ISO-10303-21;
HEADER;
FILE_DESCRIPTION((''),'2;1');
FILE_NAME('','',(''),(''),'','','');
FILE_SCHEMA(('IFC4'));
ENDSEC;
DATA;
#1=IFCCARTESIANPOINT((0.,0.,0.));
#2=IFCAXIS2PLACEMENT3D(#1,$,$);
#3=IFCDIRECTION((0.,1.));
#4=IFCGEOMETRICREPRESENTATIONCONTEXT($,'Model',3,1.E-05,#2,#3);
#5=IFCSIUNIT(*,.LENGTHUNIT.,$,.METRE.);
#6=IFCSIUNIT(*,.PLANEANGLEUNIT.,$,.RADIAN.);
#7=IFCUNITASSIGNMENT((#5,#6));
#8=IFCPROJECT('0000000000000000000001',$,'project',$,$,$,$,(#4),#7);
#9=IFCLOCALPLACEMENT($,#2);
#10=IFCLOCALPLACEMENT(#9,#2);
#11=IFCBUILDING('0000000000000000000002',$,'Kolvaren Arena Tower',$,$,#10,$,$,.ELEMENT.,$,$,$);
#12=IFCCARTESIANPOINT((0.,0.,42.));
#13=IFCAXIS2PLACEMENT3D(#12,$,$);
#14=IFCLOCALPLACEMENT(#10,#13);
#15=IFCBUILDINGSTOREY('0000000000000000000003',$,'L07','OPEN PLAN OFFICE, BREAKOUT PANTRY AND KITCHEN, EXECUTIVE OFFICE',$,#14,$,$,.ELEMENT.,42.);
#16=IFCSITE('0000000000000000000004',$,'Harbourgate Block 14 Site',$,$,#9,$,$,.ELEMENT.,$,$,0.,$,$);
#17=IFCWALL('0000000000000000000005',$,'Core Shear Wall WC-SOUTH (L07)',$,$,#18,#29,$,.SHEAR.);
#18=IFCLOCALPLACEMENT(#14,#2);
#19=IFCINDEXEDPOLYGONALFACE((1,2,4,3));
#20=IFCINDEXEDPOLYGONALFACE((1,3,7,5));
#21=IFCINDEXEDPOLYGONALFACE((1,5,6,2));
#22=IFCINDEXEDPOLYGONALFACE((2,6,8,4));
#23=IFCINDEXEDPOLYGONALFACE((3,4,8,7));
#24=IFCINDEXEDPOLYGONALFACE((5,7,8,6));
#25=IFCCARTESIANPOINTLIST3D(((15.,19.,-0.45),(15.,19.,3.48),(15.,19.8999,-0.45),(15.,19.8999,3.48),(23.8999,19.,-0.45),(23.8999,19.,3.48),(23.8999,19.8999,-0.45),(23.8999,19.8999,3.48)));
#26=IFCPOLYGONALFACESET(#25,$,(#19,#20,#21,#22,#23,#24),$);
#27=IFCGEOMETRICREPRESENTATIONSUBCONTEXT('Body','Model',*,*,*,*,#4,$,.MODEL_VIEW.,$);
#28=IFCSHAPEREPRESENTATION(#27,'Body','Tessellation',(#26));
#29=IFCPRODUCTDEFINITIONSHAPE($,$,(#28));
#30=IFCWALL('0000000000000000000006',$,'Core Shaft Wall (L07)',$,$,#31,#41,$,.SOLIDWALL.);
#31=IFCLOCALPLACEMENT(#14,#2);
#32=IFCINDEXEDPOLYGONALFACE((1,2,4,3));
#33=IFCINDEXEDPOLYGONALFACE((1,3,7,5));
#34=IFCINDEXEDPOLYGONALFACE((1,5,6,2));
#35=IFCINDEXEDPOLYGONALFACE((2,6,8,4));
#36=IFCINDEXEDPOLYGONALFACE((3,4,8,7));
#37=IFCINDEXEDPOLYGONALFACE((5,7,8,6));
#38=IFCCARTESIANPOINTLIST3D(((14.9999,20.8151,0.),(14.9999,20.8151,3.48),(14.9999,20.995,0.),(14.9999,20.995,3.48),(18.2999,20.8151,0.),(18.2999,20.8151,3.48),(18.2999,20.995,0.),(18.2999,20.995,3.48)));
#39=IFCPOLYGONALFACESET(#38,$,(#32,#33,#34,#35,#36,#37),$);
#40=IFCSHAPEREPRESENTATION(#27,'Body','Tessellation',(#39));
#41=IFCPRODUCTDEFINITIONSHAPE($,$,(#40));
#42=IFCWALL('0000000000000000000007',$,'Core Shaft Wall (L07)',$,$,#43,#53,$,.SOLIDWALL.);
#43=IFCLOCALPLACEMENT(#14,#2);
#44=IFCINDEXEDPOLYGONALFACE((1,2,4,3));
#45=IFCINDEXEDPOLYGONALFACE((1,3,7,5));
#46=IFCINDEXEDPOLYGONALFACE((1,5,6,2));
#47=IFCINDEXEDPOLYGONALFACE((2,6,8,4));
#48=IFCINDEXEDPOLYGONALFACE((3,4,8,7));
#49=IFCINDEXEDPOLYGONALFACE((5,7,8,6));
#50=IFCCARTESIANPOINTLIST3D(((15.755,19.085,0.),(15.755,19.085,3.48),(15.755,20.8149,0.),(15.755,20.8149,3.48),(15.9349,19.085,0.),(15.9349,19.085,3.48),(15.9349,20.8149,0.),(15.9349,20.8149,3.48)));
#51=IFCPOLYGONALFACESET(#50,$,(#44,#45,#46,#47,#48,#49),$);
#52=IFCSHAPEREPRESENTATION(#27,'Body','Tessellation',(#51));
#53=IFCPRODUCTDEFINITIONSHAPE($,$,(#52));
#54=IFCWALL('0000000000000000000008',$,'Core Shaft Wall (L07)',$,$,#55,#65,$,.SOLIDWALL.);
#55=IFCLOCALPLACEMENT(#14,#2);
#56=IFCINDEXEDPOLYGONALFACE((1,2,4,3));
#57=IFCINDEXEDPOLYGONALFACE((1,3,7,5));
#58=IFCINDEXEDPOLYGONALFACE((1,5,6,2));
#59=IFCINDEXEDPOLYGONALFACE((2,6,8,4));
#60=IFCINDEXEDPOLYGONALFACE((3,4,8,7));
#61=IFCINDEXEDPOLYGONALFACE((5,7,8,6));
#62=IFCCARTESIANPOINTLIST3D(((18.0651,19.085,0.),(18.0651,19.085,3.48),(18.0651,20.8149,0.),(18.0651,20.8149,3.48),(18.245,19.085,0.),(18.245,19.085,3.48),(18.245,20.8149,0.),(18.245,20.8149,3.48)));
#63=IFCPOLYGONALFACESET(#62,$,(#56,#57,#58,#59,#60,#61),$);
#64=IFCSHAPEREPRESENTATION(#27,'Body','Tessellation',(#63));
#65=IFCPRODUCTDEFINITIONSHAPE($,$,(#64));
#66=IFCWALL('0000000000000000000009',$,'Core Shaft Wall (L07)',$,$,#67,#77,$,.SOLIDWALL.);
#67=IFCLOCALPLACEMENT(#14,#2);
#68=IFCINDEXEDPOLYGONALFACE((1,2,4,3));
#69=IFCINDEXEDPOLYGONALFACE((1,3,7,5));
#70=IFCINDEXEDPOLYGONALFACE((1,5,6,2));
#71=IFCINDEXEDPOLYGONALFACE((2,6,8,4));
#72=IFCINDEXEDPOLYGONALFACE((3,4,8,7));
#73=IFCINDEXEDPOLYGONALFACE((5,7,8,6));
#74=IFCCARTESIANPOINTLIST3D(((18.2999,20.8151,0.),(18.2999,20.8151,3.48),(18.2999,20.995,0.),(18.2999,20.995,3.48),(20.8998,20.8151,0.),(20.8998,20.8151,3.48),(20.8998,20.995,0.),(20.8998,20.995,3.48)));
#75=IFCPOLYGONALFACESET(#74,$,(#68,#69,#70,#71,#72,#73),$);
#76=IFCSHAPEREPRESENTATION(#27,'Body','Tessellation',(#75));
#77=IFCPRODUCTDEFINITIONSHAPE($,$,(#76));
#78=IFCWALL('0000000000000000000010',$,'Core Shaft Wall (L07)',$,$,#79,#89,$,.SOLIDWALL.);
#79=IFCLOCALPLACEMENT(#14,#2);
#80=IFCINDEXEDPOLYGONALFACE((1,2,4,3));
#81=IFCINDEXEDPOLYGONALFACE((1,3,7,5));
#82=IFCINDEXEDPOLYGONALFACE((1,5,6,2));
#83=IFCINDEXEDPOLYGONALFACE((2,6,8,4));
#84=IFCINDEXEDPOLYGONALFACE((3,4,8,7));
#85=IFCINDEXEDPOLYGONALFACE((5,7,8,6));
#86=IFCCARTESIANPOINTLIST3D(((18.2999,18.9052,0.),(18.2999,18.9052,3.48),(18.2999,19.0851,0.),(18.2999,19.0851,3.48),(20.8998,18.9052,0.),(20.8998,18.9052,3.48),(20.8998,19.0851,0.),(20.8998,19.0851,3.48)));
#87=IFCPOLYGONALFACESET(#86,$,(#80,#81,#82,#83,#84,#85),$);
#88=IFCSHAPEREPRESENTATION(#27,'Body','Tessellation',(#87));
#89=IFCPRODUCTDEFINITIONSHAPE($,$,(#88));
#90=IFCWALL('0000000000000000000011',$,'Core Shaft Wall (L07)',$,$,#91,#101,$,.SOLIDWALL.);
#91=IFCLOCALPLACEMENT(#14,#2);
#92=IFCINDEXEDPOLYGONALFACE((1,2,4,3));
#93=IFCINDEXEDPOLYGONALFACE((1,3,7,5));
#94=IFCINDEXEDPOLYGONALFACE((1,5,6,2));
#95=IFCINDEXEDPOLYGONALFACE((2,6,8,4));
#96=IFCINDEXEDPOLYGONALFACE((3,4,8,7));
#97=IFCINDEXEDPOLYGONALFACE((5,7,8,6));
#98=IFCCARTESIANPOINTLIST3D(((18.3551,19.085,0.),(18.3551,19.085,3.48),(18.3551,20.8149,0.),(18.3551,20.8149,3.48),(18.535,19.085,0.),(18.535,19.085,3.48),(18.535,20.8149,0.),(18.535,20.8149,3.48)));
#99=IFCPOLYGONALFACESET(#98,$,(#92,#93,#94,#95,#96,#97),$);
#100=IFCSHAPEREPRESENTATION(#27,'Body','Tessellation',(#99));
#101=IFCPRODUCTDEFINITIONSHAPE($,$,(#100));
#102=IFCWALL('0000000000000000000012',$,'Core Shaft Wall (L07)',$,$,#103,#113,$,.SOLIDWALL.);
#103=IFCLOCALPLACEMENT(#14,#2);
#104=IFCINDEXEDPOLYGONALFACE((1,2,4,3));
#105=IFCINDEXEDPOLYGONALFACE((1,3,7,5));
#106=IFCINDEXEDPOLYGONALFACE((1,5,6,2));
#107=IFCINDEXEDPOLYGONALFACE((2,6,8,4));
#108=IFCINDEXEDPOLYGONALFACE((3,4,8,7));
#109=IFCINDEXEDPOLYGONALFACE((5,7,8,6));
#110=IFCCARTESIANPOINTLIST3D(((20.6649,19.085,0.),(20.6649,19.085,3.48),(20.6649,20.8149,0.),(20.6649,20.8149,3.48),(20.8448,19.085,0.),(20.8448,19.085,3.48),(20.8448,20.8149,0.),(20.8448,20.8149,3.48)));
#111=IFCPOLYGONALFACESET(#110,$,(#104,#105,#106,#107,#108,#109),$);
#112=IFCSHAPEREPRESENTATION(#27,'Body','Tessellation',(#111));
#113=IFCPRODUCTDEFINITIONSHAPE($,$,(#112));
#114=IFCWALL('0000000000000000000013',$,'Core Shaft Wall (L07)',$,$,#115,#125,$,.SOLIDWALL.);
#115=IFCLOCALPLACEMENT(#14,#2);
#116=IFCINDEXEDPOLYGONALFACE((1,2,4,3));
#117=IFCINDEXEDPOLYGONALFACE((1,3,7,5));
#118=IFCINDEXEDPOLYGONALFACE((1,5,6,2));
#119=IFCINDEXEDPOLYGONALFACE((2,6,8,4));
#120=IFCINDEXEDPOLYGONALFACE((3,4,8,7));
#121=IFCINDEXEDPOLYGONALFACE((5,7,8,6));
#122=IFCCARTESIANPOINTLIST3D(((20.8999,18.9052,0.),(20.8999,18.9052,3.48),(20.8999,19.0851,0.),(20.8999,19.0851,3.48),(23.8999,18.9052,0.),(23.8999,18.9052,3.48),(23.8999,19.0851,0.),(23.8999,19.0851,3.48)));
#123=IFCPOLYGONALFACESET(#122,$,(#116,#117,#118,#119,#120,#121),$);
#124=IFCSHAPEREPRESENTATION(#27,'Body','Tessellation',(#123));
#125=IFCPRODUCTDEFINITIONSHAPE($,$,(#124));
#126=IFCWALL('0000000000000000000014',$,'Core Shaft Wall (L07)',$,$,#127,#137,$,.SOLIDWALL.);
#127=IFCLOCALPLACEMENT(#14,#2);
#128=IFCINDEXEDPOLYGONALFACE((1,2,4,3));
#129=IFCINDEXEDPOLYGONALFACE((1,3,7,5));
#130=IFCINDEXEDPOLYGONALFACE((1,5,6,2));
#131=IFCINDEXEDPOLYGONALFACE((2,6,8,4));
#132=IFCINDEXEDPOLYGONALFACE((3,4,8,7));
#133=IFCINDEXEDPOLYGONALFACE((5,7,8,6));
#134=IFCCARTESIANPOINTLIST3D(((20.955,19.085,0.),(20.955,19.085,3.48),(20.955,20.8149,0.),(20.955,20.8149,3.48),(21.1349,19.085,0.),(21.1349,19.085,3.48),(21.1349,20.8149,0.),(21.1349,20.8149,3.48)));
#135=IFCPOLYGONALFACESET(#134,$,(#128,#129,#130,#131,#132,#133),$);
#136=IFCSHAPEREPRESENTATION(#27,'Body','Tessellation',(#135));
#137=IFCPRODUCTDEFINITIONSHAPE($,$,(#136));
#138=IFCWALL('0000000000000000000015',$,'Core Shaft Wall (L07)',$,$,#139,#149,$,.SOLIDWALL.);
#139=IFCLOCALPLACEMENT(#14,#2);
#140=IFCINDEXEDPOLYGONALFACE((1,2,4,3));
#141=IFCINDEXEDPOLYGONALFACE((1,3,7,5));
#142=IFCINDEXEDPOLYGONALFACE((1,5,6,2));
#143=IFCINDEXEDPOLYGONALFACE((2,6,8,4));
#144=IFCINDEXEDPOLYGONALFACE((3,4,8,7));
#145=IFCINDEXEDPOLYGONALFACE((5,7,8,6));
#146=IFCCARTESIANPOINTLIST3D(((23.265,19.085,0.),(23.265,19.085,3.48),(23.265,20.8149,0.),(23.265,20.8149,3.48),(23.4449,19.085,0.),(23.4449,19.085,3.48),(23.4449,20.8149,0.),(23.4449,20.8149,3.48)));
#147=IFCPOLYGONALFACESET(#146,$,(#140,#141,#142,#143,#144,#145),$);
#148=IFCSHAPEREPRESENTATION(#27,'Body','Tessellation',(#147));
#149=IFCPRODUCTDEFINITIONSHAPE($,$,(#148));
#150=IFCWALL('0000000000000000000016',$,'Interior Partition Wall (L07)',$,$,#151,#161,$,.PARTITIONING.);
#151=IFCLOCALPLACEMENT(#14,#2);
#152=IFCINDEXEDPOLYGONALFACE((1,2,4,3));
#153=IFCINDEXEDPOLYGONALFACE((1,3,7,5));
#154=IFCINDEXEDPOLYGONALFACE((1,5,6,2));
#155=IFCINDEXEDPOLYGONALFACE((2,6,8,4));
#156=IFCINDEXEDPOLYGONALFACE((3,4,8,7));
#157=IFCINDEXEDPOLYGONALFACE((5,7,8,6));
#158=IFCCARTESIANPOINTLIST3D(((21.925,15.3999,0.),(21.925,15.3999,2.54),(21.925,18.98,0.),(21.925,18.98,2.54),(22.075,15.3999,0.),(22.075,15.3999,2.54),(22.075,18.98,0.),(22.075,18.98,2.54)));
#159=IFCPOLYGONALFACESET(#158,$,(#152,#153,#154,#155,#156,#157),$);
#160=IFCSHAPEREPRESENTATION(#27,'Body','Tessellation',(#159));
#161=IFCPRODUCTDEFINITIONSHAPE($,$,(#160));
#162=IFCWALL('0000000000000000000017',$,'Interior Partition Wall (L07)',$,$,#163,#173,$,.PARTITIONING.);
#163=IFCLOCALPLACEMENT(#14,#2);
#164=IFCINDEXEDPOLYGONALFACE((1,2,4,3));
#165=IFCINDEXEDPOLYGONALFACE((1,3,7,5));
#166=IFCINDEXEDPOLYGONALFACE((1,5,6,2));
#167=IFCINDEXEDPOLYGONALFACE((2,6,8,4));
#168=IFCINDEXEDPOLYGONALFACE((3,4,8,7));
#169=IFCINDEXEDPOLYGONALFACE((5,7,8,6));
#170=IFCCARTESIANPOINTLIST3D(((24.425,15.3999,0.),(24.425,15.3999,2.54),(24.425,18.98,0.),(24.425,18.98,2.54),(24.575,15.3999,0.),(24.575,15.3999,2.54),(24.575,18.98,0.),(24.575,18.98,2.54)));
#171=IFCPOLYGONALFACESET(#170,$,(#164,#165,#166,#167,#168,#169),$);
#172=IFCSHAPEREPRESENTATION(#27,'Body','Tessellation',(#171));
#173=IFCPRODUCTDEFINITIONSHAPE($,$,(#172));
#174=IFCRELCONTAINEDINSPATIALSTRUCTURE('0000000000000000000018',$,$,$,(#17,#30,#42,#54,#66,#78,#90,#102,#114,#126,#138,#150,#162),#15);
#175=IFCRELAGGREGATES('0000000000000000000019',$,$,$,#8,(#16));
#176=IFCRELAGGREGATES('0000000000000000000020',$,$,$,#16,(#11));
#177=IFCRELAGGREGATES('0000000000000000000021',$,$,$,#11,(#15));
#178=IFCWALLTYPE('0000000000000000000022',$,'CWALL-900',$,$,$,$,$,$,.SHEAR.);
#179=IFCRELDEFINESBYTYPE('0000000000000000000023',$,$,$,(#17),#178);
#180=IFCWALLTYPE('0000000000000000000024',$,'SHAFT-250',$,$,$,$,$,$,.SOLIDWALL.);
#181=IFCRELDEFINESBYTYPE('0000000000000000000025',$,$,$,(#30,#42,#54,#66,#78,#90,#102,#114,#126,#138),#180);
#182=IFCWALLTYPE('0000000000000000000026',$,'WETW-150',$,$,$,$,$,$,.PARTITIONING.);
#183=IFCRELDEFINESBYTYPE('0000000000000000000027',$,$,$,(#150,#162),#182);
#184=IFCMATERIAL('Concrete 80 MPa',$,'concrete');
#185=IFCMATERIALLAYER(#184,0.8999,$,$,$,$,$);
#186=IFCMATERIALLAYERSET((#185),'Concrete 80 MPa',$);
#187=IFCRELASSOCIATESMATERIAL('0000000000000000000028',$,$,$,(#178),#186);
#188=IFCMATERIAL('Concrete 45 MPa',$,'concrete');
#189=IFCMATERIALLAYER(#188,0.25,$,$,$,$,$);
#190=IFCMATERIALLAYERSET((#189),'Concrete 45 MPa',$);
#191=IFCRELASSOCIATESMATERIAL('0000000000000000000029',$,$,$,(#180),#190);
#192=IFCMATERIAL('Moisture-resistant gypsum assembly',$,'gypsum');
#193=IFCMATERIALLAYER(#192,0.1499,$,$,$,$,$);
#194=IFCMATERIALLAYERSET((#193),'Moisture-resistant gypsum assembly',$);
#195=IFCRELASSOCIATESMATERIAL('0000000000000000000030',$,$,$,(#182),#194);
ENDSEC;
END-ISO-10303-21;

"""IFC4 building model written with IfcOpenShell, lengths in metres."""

from ifc_helpers import new_model, si_unit, direction, frame, frame_2d, origin, place, context, subcontext, project, spatial, rectangle, extrude, material, layer, layer_set, type_object, element, save


model = new_model("IFC4")

# Units and contexts
model_context = context("Model", 3, precision=1e-05, world=origin(), true_north=direction((0.0, 1.0)))
body_context = subcontext(model_context, "Body", "Model", "MODEL_VIEW")
ifc_project = project(units=[si_unit("LENGTHUNIT", "METRE"), si_unit("PLANEANGLEUNIT", "RADIAN")], contexts=[model_context])

# Site, building, storey
site_placement = place(None, origin())
site = spatial("IfcSite", under=ifc_project, at=site_placement, Name="Harbourgate Block 14 Site", CompositionType="ELEMENT", RefElevation=0.0)
building_placement = place(site_placement, origin())
building = spatial("IfcBuilding", under=site, at=building_placement, Name="Kolvaren Arena Tower", CompositionType="ELEMENT")
storey_placement = place(building_placement, frame((0.0, 0.0, 42.0)))
storey = spatial("IfcBuildingStorey", under=building, at=storey_placement, Name="L07", Description="OPEN PLAN OFFICE, BREAKOUT PANTRY AND KITCHEN, EXECUTIVE OFFICE", CompositionType="ELEMENT", Elevation=42.0)

# Shared definitions
ifc_material_1 = material(Name="Concrete 80 MPa", Category="concrete")
ifc_layer_1 = layer(ifc_material_1, 0.8999)
ifc_layer_set_1 = layer_set([ifc_layer_1], Name="Concrete 80 MPa")
wall_type_1 = type_object("IfcWallType", Name="CWALL-900", PredefinedType="SHEAR", material=ifc_layer_set_1)

# Walls
wall_1_placement = place(storey_placement, frame((15.0, 19.45, -0.45), z_axis=(0.0, 0.0, 1.0), x_axis=(1.0, 0.0, 0.0)))
element("IfcWall", 1, at=wall_1_placement, inside=storey, type_object=wall_type_1, Name="Core Shear Wall WC-SOUTH (L07)", PredefinedType="SHEAR", context=body_context, shape_type="SweptSolid", body=[
    extrude(rectangle(XDim=8.8999, YDim=0.8999, at=frame_2d((4.45, 0.0))), origin(), (0.0, 0.0, 1.0), 3.9299),
])
ifc_material_2 = material(Name="Concrete 45 MPa", Category="concrete")
ifc_layer_2 = layer(ifc_material_2, 0.25)
ifc_layer_set_2 = layer_set([ifc_layer_2], Name="Concrete 45 MPa")
wall_type_2 = type_object("IfcWallType", Name="SHAFT-250", PredefinedType="SOLIDWALL", material=ifc_layer_set_2)
wall_2_placement = place(storey_placement, frame((15.0, 20.905, 0.0), z_axis=(0.0, 0.0, 1.0), x_axis=(1.0, 0.0, 0.0)))
element("IfcWall", 2, at=wall_2_placement, inside=storey, type_object=wall_type_2, Name="Core Shaft Wall (L07)", PredefinedType="SOLIDWALL", context=body_context, shape_type="SweptSolid", body=[
    extrude(rectangle(XDim=3.3, YDim=0.1799, at=frame_2d((1.6499, 0.0))), origin(), (0.0, 0.0, 1.0), 3.48),
])
for number, where, z_axis, x_axis, name in (
    (3, (15.845, 19.085, 0.0), (0.0, 0.0, 1.0), (0.0, 1.0, 0.0), "Core Shaft Wall (L07)"),
    (4, (18.155, 19.085, 0.0), (0.0, 0.0, 1.0), (0.0, 1.0, 0.0), "Core Shaft Wall (L07)"),
):
    element("IfcWall", number, at=place(storey_placement, frame(where, z_axis=z_axis, x_axis=x_axis)), inside=storey, type_object=wall_type_2, Name=name, PredefinedType="SOLIDWALL", context=body_context, shape_type="SweptSolid", body=[
        extrude(rectangle(XDim=1.73, YDim=0.1799, at=frame_2d((0.865, 0.0))), origin(), (0.0, 0.0, 1.0), 3.48),
    ])
for number, where, z_axis, x_axis, name in (
    (5, (18.3, 20.905, 0.0), (0.0, 0.0, 1.0), (1.0, 0.0, 0.0), "Core Shaft Wall (L07)"),
    (6, (18.3, 18.9951, 0.0), (0.0, 0.0, 1.0), (1.0, 0.0, 0.0), "Core Shaft Wall (L07)"),
):
    element("IfcWall", number, at=place(storey_placement, frame(where, z_axis=z_axis, x_axis=x_axis)), inside=storey, type_object=wall_type_2, Name=name, PredefinedType="SOLIDWALL", context=body_context, shape_type="SweptSolid", body=[
        extrude(rectangle(XDim=2.5999, YDim=0.1799, at=frame_2d((1.2998, 0.0))), origin(), (0.0, 0.0, 1.0), 3.48),
    ])
for number, where, z_axis, x_axis, name in (
    (7, (18.4451, 19.085, 0.0), (0.0, 0.0, 1.0), (0.0, 1.0, 0.0), "Core Shaft Wall (L07)"),
    (8, (20.7549, 19.085, 0.0), (0.0, 0.0, 1.0), (0.0, 1.0, 0.0), "Core Shaft Wall (L07)"),
):
    element("IfcWall", number, at=place(storey_placement, frame(where, z_axis=z_axis, x_axis=x_axis)), inside=storey, type_object=wall_type_2, Name=name, PredefinedType="SOLIDWALL", context=body_context, shape_type="SweptSolid", body=[
        extrude(rectangle(XDim=1.73, YDim=0.1799, at=frame_2d((0.865, 0.0))), origin(), (0.0, 0.0, 1.0), 3.48),
    ])
wall_3_placement = place(storey_placement, frame((20.8999, 18.9951, 0.0), z_axis=(0.0, 0.0, 1.0), x_axis=(1.0, 0.0, 0.0)))
element("IfcWall", 9, at=wall_3_placement, inside=storey, type_object=wall_type_2, Name="Core Shaft Wall (L07)", PredefinedType="SOLIDWALL", context=body_context, shape_type="SweptSolid", body=[
    extrude(rectangle(XDim=3.0, YDim=0.1799, at=frame_2d((1.5, 0.0))), origin(), (0.0, 0.0, 1.0), 3.48),
])
for number, where, z_axis, x_axis, name in (
    (10, (21.0449, 19.085, 0.0), (0.0, 0.0, 1.0), (0.0, 1.0, 0.0), "Core Shaft Wall (L07)"),
    (11, (23.355, 19.085, 0.0), (0.0, 0.0, 1.0), (0.0, 1.0, 0.0), "Core Shaft Wall (L07)"),
):
    element("IfcWall", number, at=place(storey_placement, frame(where, z_axis=z_axis, x_axis=x_axis)), inside=storey, type_object=wall_type_2, Name=name, PredefinedType="SOLIDWALL", context=body_context, shape_type="SweptSolid", body=[
        extrude(rectangle(XDim=1.73, YDim=0.1799, at=frame_2d((0.865, 0.0))), origin(), (0.0, 0.0, 1.0), 3.48),
    ])
ifc_material_3 = material(Name="Moisture-resistant gypsum assembly", Category="gypsum")
ifc_layer_3 = layer(ifc_material_3, 0.1499)
ifc_layer_set_3 = layer_set([ifc_layer_3], Name="Moisture-resistant gypsum assembly")
wall_type_3 = type_object("IfcWallType", Name="WETW-150", PredefinedType="PARTITIONING", material=ifc_layer_set_3)
for number, where, z_axis, x_axis, name in (
    (12, (22.0, 15.3999, 0.0), (0.0, 0.0, 1.0), (0.0, 1.0, 0.0), "Interior Partition Wall (L07)"),
    (13, (24.5, 15.3999, 0.0), (0.0, 0.0, 1.0), (0.0, 1.0, 0.0), "Interior Partition Wall (L07)"),
):
    element("IfcWall", number, at=place(storey_placement, frame(where, z_axis=z_axis, x_axis=x_axis)), inside=storey, type_object=wall_type_3, Name=name, PredefinedType="PARTITIONING", context=body_context, shape_type="SweptSolid", body=[
        extrude(rectangle(XDim=3.5801, YDim=0.1499, at=frame_2d((1.79, 0.0))), origin(), (0.0, 0.0, 1.0), 2.54),
    ])

save(model, "model.ifc")
